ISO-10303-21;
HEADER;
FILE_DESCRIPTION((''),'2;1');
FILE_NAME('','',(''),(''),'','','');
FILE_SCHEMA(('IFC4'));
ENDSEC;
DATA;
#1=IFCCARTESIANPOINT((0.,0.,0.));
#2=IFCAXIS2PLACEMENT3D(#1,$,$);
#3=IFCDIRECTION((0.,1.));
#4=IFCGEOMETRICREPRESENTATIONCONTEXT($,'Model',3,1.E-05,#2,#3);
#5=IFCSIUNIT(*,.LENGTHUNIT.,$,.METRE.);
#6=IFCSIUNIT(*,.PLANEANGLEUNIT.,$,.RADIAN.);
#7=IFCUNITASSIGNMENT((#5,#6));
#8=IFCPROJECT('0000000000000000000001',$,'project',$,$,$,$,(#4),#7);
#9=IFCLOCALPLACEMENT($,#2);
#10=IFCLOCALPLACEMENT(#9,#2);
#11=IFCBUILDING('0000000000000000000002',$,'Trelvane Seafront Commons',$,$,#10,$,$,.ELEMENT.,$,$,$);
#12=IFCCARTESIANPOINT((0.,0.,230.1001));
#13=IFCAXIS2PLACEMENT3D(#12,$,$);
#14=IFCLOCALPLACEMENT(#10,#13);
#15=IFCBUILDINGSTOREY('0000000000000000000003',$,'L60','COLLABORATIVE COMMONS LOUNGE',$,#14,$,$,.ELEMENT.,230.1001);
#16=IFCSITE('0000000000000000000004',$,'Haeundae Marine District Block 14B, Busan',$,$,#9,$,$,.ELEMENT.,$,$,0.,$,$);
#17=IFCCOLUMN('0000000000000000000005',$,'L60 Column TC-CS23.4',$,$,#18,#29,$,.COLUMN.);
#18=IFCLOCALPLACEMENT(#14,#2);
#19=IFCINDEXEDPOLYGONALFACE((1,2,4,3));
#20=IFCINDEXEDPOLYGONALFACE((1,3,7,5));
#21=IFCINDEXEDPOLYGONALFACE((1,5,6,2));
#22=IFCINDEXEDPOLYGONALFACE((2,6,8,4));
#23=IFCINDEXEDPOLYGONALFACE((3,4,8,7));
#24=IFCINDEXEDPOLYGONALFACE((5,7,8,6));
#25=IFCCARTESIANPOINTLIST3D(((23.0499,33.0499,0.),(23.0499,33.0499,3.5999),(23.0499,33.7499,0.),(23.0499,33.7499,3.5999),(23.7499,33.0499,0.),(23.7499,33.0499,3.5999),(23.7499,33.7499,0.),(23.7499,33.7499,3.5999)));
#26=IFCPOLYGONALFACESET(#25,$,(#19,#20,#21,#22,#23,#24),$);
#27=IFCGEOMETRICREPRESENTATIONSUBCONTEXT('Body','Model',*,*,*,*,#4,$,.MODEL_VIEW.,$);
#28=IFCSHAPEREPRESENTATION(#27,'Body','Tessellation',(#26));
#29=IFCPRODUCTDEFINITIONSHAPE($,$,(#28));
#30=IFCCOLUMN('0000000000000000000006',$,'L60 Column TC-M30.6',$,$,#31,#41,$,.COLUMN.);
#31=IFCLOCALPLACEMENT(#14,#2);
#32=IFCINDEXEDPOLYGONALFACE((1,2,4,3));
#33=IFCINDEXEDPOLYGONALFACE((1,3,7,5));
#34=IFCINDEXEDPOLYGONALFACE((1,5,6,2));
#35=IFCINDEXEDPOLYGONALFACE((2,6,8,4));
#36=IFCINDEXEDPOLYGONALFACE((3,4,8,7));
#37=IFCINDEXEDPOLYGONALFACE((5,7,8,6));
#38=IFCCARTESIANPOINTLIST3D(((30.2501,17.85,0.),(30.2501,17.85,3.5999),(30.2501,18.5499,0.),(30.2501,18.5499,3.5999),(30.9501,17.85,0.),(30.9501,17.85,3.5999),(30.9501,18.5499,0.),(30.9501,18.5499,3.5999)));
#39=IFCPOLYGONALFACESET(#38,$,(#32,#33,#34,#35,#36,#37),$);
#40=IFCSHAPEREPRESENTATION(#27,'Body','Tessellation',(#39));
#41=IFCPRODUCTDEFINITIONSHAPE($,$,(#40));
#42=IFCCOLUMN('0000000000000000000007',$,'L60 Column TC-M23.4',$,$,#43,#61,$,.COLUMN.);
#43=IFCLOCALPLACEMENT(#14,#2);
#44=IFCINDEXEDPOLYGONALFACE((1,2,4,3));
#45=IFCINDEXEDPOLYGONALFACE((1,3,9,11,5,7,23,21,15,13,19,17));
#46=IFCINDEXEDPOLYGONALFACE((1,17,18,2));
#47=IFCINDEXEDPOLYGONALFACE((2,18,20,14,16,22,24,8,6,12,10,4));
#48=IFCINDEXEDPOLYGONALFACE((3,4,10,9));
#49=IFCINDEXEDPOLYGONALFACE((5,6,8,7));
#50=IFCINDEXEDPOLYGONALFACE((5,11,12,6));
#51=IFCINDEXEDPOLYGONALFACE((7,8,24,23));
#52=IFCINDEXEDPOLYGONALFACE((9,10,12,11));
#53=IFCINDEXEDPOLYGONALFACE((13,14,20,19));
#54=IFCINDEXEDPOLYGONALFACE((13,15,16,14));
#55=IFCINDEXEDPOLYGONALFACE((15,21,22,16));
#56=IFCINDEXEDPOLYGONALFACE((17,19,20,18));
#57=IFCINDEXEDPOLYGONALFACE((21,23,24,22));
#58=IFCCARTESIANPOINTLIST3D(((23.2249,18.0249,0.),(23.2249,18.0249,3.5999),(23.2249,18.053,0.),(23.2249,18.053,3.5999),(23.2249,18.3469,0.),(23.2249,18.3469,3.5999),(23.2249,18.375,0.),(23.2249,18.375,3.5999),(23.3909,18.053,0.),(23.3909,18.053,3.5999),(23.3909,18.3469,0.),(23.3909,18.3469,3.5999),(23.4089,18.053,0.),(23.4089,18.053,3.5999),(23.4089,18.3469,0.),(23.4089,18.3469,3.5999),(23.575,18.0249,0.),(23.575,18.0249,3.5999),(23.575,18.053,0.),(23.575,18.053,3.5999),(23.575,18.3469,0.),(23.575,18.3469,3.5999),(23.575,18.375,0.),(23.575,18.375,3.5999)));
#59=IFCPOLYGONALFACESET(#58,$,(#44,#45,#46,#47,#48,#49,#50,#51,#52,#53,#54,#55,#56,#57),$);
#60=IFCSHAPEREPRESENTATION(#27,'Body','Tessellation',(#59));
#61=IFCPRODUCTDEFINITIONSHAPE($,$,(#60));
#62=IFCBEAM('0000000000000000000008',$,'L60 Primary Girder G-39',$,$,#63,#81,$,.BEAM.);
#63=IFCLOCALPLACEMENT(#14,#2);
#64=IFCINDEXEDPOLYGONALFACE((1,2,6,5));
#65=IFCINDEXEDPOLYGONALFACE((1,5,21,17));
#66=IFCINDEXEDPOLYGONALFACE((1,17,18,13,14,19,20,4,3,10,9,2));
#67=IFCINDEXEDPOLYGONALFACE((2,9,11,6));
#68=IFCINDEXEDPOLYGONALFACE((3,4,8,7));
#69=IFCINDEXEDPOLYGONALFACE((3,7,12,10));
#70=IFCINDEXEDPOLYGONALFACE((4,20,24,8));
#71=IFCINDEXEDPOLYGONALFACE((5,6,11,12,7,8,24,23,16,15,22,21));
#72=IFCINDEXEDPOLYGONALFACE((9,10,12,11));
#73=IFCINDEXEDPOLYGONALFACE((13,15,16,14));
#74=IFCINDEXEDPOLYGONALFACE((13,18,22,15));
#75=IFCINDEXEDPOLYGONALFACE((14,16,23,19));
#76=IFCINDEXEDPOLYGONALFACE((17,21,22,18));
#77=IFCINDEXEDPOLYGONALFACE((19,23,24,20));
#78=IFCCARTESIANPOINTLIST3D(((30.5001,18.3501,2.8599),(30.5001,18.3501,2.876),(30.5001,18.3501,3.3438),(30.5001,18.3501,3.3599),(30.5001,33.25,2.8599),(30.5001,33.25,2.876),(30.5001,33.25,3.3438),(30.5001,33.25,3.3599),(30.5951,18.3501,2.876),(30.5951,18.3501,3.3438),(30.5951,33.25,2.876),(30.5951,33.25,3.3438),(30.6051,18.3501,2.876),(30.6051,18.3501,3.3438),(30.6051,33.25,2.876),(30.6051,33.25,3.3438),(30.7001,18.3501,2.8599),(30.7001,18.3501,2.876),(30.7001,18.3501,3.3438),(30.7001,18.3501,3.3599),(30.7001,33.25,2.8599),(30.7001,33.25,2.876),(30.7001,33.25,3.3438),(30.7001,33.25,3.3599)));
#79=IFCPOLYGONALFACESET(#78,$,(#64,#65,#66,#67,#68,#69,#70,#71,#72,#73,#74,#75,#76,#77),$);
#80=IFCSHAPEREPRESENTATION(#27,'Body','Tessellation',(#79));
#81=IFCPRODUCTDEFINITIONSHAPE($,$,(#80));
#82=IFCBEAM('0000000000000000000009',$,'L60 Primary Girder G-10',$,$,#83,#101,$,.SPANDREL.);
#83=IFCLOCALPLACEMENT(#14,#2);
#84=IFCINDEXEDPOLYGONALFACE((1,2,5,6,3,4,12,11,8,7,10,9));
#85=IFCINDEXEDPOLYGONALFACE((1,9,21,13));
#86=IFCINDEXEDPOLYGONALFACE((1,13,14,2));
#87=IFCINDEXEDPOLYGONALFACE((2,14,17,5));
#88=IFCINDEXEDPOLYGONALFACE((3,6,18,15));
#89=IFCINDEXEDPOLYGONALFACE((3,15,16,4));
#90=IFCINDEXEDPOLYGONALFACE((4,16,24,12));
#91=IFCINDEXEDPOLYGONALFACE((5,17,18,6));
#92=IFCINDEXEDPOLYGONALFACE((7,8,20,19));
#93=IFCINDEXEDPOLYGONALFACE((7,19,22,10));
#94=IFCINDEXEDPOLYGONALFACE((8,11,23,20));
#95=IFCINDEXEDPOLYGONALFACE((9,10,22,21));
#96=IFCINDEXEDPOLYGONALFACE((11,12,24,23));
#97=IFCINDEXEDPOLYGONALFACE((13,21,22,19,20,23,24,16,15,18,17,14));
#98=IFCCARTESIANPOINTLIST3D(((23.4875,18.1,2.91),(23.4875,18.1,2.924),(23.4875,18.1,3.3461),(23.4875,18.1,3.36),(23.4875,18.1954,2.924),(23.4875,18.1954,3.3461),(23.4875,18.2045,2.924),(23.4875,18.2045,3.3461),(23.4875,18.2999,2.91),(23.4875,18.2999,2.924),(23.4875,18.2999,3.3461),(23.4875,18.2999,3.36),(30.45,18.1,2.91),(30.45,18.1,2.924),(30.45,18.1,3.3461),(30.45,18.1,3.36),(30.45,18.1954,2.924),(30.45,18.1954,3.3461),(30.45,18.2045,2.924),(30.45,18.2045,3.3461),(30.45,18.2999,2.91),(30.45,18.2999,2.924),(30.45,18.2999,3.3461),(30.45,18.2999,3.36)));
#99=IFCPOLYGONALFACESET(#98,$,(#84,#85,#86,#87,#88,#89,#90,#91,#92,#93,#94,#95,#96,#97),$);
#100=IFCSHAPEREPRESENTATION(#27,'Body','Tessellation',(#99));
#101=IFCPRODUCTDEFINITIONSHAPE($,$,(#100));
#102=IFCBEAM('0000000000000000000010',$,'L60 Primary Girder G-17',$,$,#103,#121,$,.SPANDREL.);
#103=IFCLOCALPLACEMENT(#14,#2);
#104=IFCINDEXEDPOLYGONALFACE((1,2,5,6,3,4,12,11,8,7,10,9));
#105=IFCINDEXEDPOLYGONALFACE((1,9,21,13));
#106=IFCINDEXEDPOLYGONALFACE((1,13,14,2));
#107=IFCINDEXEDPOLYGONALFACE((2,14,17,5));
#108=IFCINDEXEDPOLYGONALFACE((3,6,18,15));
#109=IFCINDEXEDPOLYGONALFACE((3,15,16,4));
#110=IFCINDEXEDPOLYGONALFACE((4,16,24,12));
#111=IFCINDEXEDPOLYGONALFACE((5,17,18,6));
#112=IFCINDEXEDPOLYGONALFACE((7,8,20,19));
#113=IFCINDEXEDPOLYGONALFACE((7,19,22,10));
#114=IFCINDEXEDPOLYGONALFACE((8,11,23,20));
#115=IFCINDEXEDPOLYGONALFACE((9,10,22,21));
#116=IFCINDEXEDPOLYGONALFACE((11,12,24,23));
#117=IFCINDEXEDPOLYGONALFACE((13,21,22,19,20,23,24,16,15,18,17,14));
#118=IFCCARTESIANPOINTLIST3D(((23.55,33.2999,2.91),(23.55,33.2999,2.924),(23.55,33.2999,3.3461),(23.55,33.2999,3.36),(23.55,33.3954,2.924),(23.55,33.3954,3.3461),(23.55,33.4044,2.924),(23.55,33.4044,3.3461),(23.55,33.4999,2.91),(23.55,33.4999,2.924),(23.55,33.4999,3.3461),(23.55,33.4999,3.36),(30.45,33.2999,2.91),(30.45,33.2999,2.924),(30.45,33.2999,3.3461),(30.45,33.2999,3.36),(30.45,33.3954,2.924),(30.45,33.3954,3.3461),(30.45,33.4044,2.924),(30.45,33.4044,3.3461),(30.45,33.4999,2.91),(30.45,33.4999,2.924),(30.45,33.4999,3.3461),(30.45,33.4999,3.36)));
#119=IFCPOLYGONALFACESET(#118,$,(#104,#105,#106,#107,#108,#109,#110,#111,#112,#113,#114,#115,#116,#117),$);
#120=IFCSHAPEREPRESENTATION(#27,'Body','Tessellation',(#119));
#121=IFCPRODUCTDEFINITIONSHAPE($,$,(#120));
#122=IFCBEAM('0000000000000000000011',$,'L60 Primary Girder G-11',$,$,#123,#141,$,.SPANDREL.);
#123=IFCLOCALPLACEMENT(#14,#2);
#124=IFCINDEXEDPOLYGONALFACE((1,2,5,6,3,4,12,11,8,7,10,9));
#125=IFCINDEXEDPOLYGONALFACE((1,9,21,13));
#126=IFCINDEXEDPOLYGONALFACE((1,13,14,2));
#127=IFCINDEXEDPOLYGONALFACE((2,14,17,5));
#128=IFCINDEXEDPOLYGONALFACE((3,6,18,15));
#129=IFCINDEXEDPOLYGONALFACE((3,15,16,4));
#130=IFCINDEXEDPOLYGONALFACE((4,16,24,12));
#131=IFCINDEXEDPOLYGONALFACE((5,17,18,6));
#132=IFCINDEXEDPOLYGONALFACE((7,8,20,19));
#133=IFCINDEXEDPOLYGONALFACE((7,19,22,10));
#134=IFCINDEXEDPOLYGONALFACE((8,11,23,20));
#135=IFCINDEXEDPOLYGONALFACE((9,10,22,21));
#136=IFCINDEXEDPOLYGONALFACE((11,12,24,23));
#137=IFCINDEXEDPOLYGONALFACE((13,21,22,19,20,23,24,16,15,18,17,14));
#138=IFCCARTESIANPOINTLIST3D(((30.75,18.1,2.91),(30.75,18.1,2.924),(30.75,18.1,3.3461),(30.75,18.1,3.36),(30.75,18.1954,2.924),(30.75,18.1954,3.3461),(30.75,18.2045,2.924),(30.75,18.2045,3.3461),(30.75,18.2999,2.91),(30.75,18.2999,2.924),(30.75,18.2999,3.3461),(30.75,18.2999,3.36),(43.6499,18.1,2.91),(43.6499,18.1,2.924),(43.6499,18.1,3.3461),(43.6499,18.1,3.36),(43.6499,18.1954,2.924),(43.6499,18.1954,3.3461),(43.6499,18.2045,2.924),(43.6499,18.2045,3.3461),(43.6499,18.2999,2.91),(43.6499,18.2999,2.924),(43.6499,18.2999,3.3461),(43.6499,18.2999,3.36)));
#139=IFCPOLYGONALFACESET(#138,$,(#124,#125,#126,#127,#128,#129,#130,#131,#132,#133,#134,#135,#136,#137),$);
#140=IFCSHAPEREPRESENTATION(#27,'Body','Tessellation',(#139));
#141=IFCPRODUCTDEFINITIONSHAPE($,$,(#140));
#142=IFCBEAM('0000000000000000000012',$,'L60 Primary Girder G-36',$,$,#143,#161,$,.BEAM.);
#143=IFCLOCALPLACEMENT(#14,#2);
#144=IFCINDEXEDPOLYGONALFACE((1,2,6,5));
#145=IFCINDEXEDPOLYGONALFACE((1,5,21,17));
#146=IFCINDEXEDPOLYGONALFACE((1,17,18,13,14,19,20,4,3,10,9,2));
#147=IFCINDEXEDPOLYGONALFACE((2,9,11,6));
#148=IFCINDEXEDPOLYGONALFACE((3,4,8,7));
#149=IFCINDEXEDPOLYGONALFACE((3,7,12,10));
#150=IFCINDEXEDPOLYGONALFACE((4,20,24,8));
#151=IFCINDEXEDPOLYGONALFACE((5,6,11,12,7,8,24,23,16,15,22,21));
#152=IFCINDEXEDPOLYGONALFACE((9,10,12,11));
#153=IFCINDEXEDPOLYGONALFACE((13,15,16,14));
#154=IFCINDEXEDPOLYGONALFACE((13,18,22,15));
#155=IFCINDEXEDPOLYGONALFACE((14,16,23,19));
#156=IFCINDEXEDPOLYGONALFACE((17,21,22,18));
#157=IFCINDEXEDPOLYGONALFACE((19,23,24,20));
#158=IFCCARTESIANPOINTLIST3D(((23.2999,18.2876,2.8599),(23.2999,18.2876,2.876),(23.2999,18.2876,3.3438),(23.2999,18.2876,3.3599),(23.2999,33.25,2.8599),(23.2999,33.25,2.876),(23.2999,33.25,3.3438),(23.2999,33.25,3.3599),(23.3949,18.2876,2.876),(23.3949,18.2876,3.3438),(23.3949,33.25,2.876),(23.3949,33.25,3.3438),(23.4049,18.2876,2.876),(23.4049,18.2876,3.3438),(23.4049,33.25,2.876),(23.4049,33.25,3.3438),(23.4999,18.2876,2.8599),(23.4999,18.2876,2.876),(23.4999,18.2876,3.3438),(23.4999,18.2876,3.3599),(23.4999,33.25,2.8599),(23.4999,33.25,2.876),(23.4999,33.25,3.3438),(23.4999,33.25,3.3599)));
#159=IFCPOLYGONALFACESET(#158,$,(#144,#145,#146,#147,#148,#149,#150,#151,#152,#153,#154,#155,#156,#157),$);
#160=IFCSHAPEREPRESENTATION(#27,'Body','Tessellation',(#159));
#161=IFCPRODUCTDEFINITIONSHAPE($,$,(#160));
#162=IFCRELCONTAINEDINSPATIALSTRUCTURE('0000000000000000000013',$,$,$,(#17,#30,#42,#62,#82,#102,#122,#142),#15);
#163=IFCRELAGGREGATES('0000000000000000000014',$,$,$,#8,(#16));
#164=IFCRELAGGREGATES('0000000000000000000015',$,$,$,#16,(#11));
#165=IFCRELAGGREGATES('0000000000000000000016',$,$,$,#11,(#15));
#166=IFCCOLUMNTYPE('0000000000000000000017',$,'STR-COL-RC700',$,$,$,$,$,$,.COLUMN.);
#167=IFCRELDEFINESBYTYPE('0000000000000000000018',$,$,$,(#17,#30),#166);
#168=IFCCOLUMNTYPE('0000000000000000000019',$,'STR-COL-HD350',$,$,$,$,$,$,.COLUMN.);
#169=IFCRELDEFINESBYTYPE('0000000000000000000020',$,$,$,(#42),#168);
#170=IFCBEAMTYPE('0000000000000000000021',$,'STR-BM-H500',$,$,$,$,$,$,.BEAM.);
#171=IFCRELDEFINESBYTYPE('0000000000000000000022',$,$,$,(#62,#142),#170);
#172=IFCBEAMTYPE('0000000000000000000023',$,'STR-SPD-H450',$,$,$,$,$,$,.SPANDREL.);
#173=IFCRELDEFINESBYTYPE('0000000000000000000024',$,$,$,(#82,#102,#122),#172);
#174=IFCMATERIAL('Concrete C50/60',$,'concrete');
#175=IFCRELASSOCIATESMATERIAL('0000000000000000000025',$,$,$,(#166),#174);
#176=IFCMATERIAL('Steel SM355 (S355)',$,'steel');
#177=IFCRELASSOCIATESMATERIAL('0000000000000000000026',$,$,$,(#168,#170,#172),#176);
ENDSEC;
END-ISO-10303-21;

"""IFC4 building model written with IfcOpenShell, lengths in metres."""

from ifc_helpers import new_model, si_unit, direction, frame, origin, origin_2d, place, context, subcontext, project, spatial, rectangle, i_section, extrude, source, transform, mapped, material, material_profile, profile_set, type_object, element, save


model = new_model("IFC4")

# Units and contexts
model_context = context("Model", 3, precision=1e-05, world=origin(), true_north=direction((0.0, 1.0)))
body_context = subcontext(model_context, "Body", "Model", "MODEL_VIEW")
ifc_project = project(units=[si_unit("LENGTHUNIT", "METRE"), si_unit("PLANEANGLEUNIT", "RADIAN")], contexts=[model_context])

# Site, building, storey
site_placement = place(None, origin())
site = spatial("IfcSite", under=ifc_project, at=site_placement, Name="Haeundae Marine District Block 14B, Busan", CompositionType="ELEMENT", RefElevation=0.0)
building_placement = place(site_placement, origin())
building = spatial("IfcBuilding", under=site, at=building_placement, Name="Trelvane Seafront Commons", CompositionType="ELEMENT")
storey_placement = place(building_placement, frame((0.0, 0.0, 230.1001)))
storey = spatial("IfcBuildingStorey", under=building, at=storey_placement, Name="L60", Description="COLLABORATIVE COMMONS LOUNGE", CompositionType="ELEMENT", Elevation=230.1001)

# Columns
ifc_material_1 = material(Name="Concrete C50/60", Category="concrete")
ifc_material_profile_1 = material_profile(ifc_material_1, rectangle(XDim=0.7, YDim=0.7, at=origin_2d()), Name="RC-700x700")
ifc_profile_set_1 = profile_set([ifc_material_profile_1], Name="Concrete C50/60")
column_type_1 = type_object("IfcColumnType", Name="STR-COL-RC700", PredefinedType="COLUMN", material=ifc_profile_set_1)
shared_shape_1 = source(origin(), body_context, "Body", "SweptSolid", [
    extrude(rectangle(XDim=0.7, YDim=0.7, at=origin_2d()), origin(), (0.0, 0.0, 1.0), 3.5999),
])
for number, where, z_axis, x_axis, name in (
    (1, (23.3999, 33.3999, 0.0), (0.0, 0.0, 1.0), (1.0, 0.0, 0.0), "L60 Column TC-CS23.4"),
    (2, (30.6001, 18.2, 0.0), (0.0, 0.0, 1.0), (1.0, 0.0, 0.0), "L60 Column TC-M30.6"),
):
    element("IfcColumn", number, at=place(storey_placement, frame(where, z_axis=z_axis, x_axis=x_axis)), inside=storey, type_object=column_type_1, Name=name, PredefinedType="COLUMN", context=body_context, shape_type="MappedRepresentation", body=[
        mapped(shared_shape_1, transform((0.0, 0.0, 0.0), x_axis=(1.0, 0.0, 0.0), y_axis=(0.0, 1.0, 0.0), z_axis=(0.0, 0.0, 1.0), scale=1.0)),
    ])
ifc_material_2 = material(Name="Steel SM355 (S355)", Category="steel")
ifc_material_profile_2 = material_profile(ifc_material_2, i_section(OverallWidth=0.3501, OverallDepth=0.3501, WebThickness=0.0181, FlangeThickness=0.0281, at=origin_2d()), Name="HD-350x350x18x28")
ifc_profile_set_2 = profile_set([ifc_material_profile_2], Name="Steel SM355 (S355)")
column_type_2 = type_object("IfcColumnType", Name="STR-COL-HD350", PredefinedType="COLUMN", material=ifc_profile_set_2)
shared_shape_2 = source(origin(), body_context, "Body", "SweptSolid", [
    extrude(i_section(OverallWidth=0.3501, OverallDepth=0.3501, WebThickness=0.0181, FlangeThickness=0.0281, at=origin_2d()), origin(), (0.0, 0.0, 1.0), 3.5999),
])
column_placement = place(storey_placement, frame((23.3999, 18.2, 0.0), z_axis=(0.0, 0.0, 1.0), x_axis=(1.0, 0.0, 0.0)))
element("IfcColumn", 3, at=column_placement, inside=storey, type_object=column_type_2, Name="L60 Column TC-M23.4", PredefinedType="COLUMN", context=body_context, shape_type="MappedRepresentation", body=[
    mapped(shared_shape_2, transform((0.0, 0.0, 0.0), x_axis=(1.0, 0.0, 0.0), y_axis=(0.0, 1.0, 0.0), z_axis=(0.0, 0.0, 1.0), scale=1.0)),
])

# Beams
ifc_material_profile_3 = material_profile(ifc_material_2, i_section(OverallWidth=0.2, OverallDepth=0.5, WebThickness=0.01, FlangeThickness=0.0161, at=origin_2d()), Name="H-500x200x10x16")
ifc_profile_set_3 = profile_set([ifc_material_profile_3], Name="Steel SM355 (S355)")
beam_type_1 = type_object("IfcBeamType", Name="STR-BM-H500", PredefinedType="BEAM", material=ifc_profile_set_3)
shared_shape_3 = source(origin(), body_context, "Body", "SweptSolid", [
    extrude(i_section(OverallWidth=0.2, OverallDepth=0.5, WebThickness=0.01, FlangeThickness=0.0161, at=origin_2d()), origin(), (0.0, 0.0, 1.0), 14.8999),
])
beam_1_placement = place(storey_placement, frame((30.6001, 18.3501, 3.1099), z_axis=(0.0, 1.0, 0.0), x_axis=(-1.0, 0.0, 0.0)))
element("IfcBeam", 4, at=beam_1_placement, inside=storey, type_object=beam_type_1, Name="L60 Primary Girder G-39", PredefinedType="BEAM", context=body_context, shape_type="MappedRepresentation", body=[
    mapped(shared_shape_3, transform((0.0, 0.0, 0.0), x_axis=(1.0, 0.0, 0.0), y_axis=(0.0, 1.0, 0.0), z_axis=(0.0, 0.0, 1.0), scale=1.0)),
])
ifc_material_profile_4 = material_profile(ifc_material_2, i_section(OverallWidth=0.2, OverallDepth=0.45, WebThickness=0.009, FlangeThickness=0.0139, at=origin_2d()), Name="H-450x200x9x14")
ifc_profile_set_4 = profile_set([ifc_material_profile_4], Name="Steel SM355 (S355)")
beam_type_2 = type_object("IfcBeamType", Name="STR-SPD-H450", PredefinedType="SPANDREL", material=ifc_profile_set_4)
shared_shape_4 = source(origin(), body_context, "Body", "SweptSolid", [
    extrude(i_section(OverallWidth=0.2, OverallDepth=0.45, WebThickness=0.009, FlangeThickness=0.0139, at=origin_2d()), origin(), (0.0, 0.0, 1.0), 6.9624),
])
beam_2_placement = place(storey_placement, frame((23.4875, 18.2, 3.135), z_axis=(1.0, 0.0, 0.0), x_axis=(0.0, 1.0, 0.0)))
element("IfcBeam", 5, at=beam_2_placement, inside=storey, type_object=beam_type_2, Name="L60 Primary Girder G-10", PredefinedType="SPANDREL", context=body_context, shape_type="MappedRepresentation", body=[
    mapped(shared_shape_4, transform((0.0, 0.0, 0.0), x_axis=(1.0, 0.0, 0.0), y_axis=(0.0, 1.0, 0.0), z_axis=(0.0, 0.0, 1.0), scale=1.0)),
])
shared_shape_5 = source(origin(), body_context, "Body", "SweptSolid", [
    extrude(i_section(OverallWidth=0.2, OverallDepth=0.45, WebThickness=0.009, FlangeThickness=0.0139, at=origin_2d()), origin(), (0.0, 0.0, 1.0), 6.8999),
])
beam_3_placement = place(storey_placement, frame((23.55, 33.3999, 3.135), z_axis=(1.0, 0.0, 0.0), x_axis=(0.0, 1.0, 0.0)))
element("IfcBeam", 6, at=beam_3_placement, inside=storey, type_object=beam_type_2, Name="L60 Primary Girder G-17", PredefinedType="SPANDREL", context=body_context, shape_type="MappedRepresentation", body=[
    mapped(shared_shape_5, transform((0.0, 0.0, 0.0), x_axis=(1.0, 0.0, 0.0), y_axis=(0.0, 1.0, 0.0), z_axis=(0.0, 0.0, 1.0), scale=1.0)),
])
shared_shape_6 = source(origin(), body_context, "Body", "SweptSolid", [
    extrude(i_section(OverallWidth=0.2, OverallDepth=0.45, WebThickness=0.009, FlangeThickness=0.0139, at=origin_2d()), origin(), (0.0, 0.0, 1.0), 12.8999),
])
beam_4_placement = place(storey_placement, frame((30.75, 18.2, 3.135), z_axis=(1.0, 0.0, 0.0), x_axis=(0.0, 1.0, 0.0)))
element("IfcBeam", 7, at=beam_4_placement, inside=storey, type_object=beam_type_2, Name="L60 Primary Girder G-11", PredefinedType="SPANDREL", context=body_context, shape_type="MappedRepresentation", body=[
    mapped(shared_shape_6, transform((0.0, 0.0, 0.0), x_axis=(1.0, 0.0, 0.0), y_axis=(0.0, 1.0, 0.0), z_axis=(0.0, 0.0, 1.0), scale=1.0)),
])
shared_shape_7 = source(origin(), body_context, "Body", "SweptSolid", [
    extrude(i_section(OverallWidth=0.2, OverallDepth=0.5, WebThickness=0.01, FlangeThickness=0.0161, at=origin_2d()), origin(), (0.0, 0.0, 1.0), 14.9624),
])
beam_5_placement = place(storey_placement, frame((23.3999, 18.2876, 3.1099), z_axis=(0.0, 1.0, 0.0), x_axis=(-1.0, 0.0, 0.0)))
element("IfcBeam", 8, at=beam_5_placement, inside=storey, type_object=beam_type_1, Name="L60 Primary Girder G-36", PredefinedType="BEAM", context=body_context, shape_type="MappedRepresentation", body=[
    mapped(shared_shape_7, transform((0.0, 0.0, 0.0), x_axis=(1.0, 0.0, 0.0), y_axis=(0.0, 1.0, 0.0), z_axis=(0.0, 0.0, 1.0), scale=1.0)),
])

save(model, "model.ifc")
